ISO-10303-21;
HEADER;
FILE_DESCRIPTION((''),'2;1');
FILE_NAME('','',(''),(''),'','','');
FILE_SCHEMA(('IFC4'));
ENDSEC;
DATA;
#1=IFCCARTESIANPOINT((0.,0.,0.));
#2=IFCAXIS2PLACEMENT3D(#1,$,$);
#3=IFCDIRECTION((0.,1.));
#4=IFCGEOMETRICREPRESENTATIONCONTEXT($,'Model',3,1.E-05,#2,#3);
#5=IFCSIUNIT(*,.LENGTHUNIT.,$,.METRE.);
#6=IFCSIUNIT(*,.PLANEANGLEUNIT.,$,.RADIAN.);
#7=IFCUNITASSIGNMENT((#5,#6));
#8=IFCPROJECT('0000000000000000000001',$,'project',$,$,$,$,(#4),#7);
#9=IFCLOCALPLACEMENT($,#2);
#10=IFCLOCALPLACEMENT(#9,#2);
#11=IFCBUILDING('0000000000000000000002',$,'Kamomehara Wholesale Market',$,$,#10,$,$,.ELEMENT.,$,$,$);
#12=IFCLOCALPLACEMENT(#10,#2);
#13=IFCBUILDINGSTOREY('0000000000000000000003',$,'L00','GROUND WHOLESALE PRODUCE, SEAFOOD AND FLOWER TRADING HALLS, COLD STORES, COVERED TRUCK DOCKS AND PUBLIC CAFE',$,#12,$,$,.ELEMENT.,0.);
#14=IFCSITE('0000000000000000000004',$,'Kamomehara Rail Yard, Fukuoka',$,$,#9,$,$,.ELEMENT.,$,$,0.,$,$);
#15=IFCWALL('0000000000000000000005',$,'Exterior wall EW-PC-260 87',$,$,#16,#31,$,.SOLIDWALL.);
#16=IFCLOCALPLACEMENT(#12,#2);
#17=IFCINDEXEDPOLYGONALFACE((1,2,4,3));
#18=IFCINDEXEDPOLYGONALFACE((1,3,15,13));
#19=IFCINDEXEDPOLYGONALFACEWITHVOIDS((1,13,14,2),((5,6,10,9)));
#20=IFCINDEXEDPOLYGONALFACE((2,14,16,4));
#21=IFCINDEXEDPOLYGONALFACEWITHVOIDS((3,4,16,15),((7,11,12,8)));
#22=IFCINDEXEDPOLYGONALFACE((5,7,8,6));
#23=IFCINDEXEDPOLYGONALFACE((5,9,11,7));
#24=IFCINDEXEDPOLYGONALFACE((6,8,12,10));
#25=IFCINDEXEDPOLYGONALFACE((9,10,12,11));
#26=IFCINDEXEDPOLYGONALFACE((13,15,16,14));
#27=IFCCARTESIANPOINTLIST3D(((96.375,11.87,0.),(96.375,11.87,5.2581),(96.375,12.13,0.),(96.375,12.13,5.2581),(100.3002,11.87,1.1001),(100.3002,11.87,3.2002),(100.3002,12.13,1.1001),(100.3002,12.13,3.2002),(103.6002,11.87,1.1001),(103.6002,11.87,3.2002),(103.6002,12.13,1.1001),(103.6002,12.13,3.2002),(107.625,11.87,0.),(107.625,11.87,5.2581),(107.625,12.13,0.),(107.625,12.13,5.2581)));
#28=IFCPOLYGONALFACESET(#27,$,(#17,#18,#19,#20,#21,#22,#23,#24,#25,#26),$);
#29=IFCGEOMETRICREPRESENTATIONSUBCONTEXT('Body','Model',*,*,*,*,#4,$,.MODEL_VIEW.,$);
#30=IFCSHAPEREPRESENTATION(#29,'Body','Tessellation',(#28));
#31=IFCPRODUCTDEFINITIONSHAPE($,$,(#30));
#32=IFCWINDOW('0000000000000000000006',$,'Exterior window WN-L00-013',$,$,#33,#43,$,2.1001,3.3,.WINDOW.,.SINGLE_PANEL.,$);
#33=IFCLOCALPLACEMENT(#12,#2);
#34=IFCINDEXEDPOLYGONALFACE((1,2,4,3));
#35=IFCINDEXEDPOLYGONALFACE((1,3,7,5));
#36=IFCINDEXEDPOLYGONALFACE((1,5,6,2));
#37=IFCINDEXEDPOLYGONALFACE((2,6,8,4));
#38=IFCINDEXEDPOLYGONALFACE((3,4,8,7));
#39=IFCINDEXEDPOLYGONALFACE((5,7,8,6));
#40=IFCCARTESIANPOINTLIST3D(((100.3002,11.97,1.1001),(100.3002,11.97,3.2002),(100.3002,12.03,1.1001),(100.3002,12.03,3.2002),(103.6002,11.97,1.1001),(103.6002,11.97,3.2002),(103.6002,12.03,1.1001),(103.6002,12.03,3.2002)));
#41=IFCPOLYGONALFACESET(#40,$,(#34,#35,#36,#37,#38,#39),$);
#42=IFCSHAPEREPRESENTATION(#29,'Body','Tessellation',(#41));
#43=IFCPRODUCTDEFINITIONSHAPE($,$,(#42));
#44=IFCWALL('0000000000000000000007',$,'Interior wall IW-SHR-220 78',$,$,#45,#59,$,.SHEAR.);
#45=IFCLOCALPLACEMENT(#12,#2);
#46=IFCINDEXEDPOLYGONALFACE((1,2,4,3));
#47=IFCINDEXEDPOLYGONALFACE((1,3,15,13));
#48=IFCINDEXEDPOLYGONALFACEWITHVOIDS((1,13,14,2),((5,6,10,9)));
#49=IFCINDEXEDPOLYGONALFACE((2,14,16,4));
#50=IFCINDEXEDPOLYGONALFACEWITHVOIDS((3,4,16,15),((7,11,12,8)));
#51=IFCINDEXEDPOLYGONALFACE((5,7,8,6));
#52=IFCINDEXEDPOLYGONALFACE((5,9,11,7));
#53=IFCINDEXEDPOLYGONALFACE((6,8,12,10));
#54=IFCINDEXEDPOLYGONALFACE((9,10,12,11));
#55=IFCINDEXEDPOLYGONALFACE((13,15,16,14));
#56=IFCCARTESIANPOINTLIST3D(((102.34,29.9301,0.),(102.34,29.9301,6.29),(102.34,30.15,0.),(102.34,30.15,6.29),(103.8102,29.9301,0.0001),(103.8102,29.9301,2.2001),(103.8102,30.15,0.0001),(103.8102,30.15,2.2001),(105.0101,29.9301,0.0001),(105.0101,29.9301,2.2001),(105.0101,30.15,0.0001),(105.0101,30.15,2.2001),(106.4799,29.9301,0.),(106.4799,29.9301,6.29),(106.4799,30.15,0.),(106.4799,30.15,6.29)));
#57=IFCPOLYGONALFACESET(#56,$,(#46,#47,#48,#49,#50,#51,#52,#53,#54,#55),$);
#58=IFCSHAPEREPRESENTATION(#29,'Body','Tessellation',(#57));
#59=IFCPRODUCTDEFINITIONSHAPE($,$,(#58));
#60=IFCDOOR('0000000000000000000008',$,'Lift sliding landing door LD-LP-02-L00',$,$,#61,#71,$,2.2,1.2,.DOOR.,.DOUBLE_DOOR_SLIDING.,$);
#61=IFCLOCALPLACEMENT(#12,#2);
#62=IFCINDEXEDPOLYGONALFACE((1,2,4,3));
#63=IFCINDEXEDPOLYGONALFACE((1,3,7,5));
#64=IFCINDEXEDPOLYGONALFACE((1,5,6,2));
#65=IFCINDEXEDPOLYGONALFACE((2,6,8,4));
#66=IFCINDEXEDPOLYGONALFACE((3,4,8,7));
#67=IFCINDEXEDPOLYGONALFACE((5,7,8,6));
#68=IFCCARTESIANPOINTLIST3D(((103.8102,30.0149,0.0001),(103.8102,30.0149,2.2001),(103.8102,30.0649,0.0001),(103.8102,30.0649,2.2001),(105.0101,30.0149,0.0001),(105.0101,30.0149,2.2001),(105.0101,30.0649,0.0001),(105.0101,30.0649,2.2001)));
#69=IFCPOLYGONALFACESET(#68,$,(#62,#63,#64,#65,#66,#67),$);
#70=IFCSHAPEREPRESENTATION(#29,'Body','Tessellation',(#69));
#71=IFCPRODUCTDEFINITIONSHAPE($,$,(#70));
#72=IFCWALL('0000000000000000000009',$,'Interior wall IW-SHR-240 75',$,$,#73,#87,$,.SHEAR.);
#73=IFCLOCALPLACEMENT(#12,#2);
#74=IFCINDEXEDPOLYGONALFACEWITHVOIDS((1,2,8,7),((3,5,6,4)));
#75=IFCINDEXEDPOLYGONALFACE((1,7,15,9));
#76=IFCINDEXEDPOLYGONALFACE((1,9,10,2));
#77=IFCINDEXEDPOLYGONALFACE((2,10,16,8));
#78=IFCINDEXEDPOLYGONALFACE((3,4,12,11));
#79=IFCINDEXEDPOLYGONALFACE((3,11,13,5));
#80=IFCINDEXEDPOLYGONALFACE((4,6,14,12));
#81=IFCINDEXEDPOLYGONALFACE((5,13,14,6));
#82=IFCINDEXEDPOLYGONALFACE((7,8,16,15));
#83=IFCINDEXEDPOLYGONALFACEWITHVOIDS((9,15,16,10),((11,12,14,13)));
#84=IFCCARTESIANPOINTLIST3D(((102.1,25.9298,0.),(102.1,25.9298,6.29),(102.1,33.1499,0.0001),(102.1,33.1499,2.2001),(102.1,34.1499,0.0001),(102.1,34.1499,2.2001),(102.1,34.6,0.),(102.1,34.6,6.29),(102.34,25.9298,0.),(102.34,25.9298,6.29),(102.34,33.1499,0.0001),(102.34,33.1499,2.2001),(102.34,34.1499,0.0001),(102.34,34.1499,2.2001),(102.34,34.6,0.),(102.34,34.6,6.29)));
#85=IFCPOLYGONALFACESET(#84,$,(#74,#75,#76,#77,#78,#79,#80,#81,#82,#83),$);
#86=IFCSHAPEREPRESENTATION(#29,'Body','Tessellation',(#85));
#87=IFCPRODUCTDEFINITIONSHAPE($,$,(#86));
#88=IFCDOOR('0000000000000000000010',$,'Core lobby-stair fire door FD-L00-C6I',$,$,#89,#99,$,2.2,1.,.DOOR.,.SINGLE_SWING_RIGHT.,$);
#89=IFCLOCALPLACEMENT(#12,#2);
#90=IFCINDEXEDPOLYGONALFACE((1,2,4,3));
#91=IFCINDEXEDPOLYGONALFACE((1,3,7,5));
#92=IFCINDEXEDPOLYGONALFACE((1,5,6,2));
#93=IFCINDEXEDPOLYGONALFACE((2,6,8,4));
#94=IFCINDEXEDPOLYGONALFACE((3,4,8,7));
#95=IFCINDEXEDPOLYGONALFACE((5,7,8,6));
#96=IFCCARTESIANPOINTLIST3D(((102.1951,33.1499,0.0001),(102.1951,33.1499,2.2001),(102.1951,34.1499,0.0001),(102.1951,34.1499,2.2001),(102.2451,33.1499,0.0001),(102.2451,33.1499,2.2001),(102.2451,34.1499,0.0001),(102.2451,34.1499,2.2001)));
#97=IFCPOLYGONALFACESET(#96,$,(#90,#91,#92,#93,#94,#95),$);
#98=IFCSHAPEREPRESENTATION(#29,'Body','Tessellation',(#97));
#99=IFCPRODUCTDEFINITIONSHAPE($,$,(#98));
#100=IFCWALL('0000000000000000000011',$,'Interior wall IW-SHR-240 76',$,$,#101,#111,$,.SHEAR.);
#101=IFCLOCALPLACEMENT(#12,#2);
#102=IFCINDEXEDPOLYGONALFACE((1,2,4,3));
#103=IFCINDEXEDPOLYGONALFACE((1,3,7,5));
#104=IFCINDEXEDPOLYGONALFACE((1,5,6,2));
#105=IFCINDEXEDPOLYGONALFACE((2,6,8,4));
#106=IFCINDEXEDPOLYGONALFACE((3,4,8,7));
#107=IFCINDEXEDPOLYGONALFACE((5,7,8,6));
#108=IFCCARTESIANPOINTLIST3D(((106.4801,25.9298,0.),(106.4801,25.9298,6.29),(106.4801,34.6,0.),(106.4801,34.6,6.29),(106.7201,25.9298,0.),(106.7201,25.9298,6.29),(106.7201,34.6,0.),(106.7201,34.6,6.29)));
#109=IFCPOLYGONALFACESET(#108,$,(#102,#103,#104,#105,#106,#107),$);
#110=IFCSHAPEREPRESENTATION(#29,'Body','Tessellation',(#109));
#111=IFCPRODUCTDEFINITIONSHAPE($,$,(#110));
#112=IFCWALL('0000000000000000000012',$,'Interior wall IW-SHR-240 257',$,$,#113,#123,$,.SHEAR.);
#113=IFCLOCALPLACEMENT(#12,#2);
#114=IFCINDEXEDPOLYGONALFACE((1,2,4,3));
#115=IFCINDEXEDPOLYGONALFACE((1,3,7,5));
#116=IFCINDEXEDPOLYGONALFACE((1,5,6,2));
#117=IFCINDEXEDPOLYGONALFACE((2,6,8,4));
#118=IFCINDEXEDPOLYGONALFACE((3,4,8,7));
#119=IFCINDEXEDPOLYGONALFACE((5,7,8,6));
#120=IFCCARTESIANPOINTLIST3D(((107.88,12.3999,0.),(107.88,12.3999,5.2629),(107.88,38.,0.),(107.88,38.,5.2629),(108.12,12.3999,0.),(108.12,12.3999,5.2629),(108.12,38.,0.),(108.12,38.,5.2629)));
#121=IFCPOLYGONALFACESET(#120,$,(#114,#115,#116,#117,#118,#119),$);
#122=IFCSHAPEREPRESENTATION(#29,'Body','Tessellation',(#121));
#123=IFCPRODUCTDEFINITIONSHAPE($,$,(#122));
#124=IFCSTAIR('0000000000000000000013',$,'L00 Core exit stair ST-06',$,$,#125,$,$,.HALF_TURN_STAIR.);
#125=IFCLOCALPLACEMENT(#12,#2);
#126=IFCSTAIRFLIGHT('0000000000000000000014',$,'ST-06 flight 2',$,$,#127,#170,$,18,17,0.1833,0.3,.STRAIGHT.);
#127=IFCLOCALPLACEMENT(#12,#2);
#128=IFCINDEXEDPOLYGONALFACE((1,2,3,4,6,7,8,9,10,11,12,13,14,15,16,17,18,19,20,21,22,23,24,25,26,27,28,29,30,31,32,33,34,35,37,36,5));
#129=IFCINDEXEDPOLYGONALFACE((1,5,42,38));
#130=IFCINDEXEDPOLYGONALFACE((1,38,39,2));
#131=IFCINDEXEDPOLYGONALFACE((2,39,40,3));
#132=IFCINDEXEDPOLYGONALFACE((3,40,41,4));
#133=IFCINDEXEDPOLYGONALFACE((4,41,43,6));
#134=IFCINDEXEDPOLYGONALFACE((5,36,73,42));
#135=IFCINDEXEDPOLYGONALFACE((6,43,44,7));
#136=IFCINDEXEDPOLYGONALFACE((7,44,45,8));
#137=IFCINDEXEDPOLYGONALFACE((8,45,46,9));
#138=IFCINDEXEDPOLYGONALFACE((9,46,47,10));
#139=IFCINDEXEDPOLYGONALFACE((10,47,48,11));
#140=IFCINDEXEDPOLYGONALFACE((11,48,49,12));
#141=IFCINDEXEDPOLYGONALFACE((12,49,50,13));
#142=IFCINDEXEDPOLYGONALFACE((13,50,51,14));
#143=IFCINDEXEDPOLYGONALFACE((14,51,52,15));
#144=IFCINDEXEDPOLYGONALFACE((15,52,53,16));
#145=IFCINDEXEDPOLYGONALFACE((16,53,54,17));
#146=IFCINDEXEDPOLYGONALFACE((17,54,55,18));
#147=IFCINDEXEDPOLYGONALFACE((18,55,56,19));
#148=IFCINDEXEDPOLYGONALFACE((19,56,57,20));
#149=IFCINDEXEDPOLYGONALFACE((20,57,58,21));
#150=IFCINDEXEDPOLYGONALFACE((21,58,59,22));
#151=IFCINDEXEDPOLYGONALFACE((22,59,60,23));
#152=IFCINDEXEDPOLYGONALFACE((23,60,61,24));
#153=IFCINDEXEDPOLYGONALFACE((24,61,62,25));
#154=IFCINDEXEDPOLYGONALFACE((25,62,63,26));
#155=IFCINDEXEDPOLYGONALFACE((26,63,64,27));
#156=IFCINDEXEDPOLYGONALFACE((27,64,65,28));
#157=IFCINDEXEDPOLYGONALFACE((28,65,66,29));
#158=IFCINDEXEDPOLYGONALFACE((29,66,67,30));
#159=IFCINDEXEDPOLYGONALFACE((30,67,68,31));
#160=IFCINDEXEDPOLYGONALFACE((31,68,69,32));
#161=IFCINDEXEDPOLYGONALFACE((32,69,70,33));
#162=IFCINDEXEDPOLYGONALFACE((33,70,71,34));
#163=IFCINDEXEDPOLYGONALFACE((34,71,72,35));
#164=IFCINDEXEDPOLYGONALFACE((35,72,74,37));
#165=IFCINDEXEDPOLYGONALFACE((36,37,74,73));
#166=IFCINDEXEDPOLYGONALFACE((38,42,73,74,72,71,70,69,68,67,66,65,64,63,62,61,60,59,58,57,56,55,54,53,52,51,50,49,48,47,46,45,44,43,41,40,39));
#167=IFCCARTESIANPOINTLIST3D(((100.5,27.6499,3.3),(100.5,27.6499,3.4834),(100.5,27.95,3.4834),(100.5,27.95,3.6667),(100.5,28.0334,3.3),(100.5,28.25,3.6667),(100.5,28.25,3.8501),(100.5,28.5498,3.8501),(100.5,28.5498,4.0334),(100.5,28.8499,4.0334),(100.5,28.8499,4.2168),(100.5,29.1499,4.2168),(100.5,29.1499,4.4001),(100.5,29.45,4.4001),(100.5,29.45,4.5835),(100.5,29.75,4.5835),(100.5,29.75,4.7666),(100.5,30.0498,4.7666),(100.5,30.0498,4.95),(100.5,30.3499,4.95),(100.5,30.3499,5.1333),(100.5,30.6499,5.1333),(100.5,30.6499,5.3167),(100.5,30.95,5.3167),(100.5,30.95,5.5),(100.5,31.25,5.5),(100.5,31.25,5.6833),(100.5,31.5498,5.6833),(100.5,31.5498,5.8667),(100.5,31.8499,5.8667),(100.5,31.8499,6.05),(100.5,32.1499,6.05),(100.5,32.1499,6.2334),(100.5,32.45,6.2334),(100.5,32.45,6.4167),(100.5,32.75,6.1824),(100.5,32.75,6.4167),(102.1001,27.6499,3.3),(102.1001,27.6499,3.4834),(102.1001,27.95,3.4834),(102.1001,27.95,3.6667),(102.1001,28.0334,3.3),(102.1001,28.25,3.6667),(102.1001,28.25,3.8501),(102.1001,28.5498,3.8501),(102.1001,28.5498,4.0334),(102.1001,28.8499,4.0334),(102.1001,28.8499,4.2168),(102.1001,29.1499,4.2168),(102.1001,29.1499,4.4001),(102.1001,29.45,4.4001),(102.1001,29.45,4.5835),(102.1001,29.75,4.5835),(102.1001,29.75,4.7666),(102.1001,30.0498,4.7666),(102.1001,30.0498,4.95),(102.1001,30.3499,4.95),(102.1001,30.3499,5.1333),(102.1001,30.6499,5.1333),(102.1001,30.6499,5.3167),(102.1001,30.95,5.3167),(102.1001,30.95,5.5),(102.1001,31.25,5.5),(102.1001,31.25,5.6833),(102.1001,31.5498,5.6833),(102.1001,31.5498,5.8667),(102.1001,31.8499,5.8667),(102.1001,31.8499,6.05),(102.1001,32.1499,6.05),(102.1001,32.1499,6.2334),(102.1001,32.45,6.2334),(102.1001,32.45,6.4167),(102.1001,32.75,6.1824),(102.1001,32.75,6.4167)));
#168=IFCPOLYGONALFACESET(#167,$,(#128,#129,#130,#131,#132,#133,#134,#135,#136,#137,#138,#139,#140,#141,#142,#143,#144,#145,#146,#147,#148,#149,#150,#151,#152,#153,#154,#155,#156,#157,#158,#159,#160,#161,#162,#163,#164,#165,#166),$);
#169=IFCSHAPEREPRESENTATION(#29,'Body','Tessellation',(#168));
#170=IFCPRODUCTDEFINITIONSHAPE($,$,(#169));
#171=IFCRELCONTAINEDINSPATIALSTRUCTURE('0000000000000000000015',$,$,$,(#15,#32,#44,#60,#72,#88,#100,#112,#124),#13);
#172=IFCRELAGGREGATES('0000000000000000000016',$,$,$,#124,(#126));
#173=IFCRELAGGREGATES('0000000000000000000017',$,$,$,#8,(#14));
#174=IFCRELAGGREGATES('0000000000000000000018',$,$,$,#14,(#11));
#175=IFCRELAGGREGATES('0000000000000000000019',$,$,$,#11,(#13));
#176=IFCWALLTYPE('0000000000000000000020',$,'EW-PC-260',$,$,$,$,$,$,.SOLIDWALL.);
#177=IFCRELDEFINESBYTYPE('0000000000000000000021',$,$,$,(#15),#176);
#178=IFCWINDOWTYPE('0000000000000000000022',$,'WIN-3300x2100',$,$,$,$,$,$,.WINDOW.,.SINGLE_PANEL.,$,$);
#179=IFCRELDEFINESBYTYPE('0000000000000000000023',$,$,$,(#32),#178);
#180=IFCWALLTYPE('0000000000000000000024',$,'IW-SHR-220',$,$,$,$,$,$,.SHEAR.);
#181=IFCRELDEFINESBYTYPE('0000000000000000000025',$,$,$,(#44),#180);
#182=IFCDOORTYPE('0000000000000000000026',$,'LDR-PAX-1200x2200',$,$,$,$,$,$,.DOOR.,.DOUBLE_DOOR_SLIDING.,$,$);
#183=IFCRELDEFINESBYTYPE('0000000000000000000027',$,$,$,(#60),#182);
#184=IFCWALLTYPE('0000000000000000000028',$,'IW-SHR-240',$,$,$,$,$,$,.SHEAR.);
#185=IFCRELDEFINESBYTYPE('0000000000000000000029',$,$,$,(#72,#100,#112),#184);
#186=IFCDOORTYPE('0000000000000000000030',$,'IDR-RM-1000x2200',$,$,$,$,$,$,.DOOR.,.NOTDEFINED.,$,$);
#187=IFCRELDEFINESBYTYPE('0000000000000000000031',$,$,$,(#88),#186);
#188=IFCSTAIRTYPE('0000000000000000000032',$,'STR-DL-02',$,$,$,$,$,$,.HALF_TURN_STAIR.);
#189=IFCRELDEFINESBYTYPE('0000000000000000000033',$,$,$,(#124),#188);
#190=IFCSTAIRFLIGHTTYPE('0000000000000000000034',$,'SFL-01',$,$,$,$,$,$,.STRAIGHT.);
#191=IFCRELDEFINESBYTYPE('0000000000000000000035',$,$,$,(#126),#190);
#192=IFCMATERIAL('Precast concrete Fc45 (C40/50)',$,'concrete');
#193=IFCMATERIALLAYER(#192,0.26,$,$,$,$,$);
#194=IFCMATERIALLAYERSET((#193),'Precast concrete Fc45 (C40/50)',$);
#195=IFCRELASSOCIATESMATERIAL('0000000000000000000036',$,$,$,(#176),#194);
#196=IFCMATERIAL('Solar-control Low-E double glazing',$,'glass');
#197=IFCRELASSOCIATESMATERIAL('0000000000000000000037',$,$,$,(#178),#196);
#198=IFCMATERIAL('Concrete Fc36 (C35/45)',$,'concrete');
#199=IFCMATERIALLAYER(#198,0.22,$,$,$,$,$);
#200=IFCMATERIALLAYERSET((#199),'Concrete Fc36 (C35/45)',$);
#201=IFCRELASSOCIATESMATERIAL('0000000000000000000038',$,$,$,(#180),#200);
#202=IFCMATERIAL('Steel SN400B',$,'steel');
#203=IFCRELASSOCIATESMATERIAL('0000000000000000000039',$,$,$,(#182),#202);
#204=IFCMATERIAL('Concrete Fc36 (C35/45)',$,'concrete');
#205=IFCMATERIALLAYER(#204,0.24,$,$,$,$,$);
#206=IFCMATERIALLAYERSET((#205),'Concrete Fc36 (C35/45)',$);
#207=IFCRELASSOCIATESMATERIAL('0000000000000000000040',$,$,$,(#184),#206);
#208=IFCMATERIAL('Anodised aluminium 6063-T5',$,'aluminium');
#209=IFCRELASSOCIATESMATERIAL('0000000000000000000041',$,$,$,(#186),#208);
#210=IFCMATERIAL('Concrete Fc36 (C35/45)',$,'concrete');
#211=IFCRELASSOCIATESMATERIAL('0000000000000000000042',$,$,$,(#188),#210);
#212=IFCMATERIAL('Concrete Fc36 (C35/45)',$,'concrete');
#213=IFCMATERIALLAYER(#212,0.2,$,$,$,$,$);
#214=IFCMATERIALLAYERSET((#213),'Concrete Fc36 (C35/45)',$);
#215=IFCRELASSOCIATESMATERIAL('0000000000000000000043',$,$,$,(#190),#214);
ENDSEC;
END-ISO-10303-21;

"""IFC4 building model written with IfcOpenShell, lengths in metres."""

from ifc_helpers import new_model, si_unit, direction, frame, frame_2d, origin, place, context, subcontext, project, spatial, polyline, rectangle, outline, extrude, material, layer, layer_set, type_object, element, fill, aggregate, save


model = new_model("IFC4")

# Units and contexts
model_context = context("Model", 3, precision=1e-05, world=origin(), true_north=direction((0.0, 1.0)))
body_context = subcontext(model_context, "Body", "Model", "MODEL_VIEW")
ifc_project = project(units=[si_unit("LENGTHUNIT", "METRE"), si_unit("PLANEANGLEUNIT", "RADIAN")], contexts=[model_context])

# Site, building, storey
site_placement = place(None, origin())
site = spatial("IfcSite", under=ifc_project, at=site_placement, Name="Kamomehara Rail Yard, Fukuoka", CompositionType="ELEMENT", RefElevation=0.0)
building_placement = place(site_placement, origin())
building = spatial("IfcBuilding", under=site, at=building_placement, Name="Kamomehara Wholesale Market", CompositionType="ELEMENT")
storey_placement = place(building_placement, origin())
storey = spatial("IfcBuildingStorey", under=building, at=storey_placement, Name="L00", Description="GROUND WHOLESALE PRODUCE, SEAFOOD AND FLOWER TRADING HALLS, COLD STORES, COVERED TRUCK DOCKS AND PUBLIC CAFE", CompositionType="ELEMENT", Elevation=0.0)

# Wall, opening, window
ifc_material_1 = material(Name="Precast concrete Fc45 (C40/50)", Category="concrete")
ifc_layer_1 = layer(ifc_material_1, 0.26)
ifc_layer_set_1 = layer_set([ifc_layer_1], Name="Precast concrete Fc45 (C40/50)")
wall_type_1 = type_object("IfcWallType", Name="EW-PC-260", PredefinedType="SOLIDWALL", material=ifc_layer_set_1)
wall_1_placement = place(storey_placement, frame((107.625, 12.0, 0.0), z_axis=(0.0, 0.0, 1.0), x_axis=(-1.0, 0.0, 0.0)))
wall_1 = element("IfcWall", 1, at=wall_1_placement, inside=storey, type_object=wall_type_1, Name="Exterior wall EW-PC-260 87", PredefinedType="SOLIDWALL", context=body_context, shape_type="SweptSolid", body=[
    extrude(rectangle(XDim=11.25, YDim=0.26, at=frame_2d((5.625, 0.0))), origin(), (0.0, 0.0, 1.0), 5.2581),
])
opening_1_placement = place(wall_1_placement, frame((4.0249, 0.0, 1.1001)))
opening_1 = element("IfcOpeningElement", 2, at=opening_1_placement, cuts=wall_1, PredefinedType="OPENING", context=body_context, shape_type="SweptSolid", body=[
    extrude(rectangle(XDim=3.3, YDim=2.1001, at=frame_2d((1.6499, 1.05))), frame((0.0, 0.145, 0.0), z_axis=(0.0, -1.0, 0.0), x_axis=(1.0, 0.0, 0.0)), (0.0, 0.0, 1.0), 0.2898),
])
ifc_material_2 = material(Name="Solar-control Low-E double glazing", Category="glass")
window_type = type_object("IfcWindowType", Name="WIN-3300x2100", PartitioningType="SINGLE_PANEL", PredefinedType="WINDOW", material=ifc_material_2)
window_placement = place(opening_1_placement, origin())
window = element("IfcWindow", 3, at=window_placement, inside=storey, type_object=window_type, Name="Exterior window WN-L00-013", OverallHeight=2.1001, OverallWidth=3.3, PartitioningType="SINGLE_PANEL", PredefinedType="WINDOW", context=body_context, shape_type="SweptSolid", body=[
    extrude(rectangle(XDim=3.3, YDim=2.1001, at=frame_2d((1.6499, 1.05))), frame((0.0, 0.03, 0.0), z_axis=(0.0, -1.0, 0.0), x_axis=(1.0, 0.0, 0.0)), (0.0, 0.0, 1.0), 0.0601),
])
fill(opening_1, window)

# Walls, openings, doors
ifc_material_3 = material(Name="Concrete Fc36 (C35/45)", Category="concrete")
ifc_layer_2 = layer(ifc_material_3, 0.22)
ifc_layer_set_2 = layer_set([ifc_layer_2], Name="Concrete Fc36 (C35/45)")
wall_type_2 = type_object("IfcWallType", Name="IW-SHR-220", PredefinedType="SHEAR", material=ifc_layer_set_2)
wall_2_placement = place(storey_placement, frame((102.3401, 30.04, 0.0), z_axis=(0.0, 0.0, 1.0), x_axis=(1.0, 0.0, 0.0)))
wall_2 = element("IfcWall", 4, at=wall_2_placement, inside=storey, type_object=wall_type_2, Name="Interior wall IW-SHR-220 78", PredefinedType="SHEAR", context=body_context, shape_type="SweptSolid", body=[
    extrude(rectangle(XDim=4.1399, YDim=0.22, at=frame_2d((2.0698, 0.0))), origin(), (0.0, 0.0, 1.0), 6.29),
])
opening_2_placement = place(wall_2_placement, frame((1.47, 0.0, 0.0)))
opening_2 = element("IfcOpeningElement", 5, at=opening_2_placement, cuts=wall_2, PredefinedType="OPENING", context=body_context, shape_type="SweptSolid", body=[
    extrude(rectangle(XDim=1.2, YDim=2.2, at=frame_2d((0.6001, 1.1001))), frame((0.0, 0.125, 0.0), z_axis=(0.0, -1.0, 0.0), x_axis=(1.0, 0.0, 0.0)), (0.0, 0.0, 1.0), 0.2498),
])
ifc_material_4 = material(Name="Steel SN400B", Category="steel")
door_type_1 = type_object("IfcDoorType", Name="LDR-PAX-1200x2200", OperationType="DOUBLE_DOOR_SLIDING", PredefinedType="DOOR", material=ifc_material_4)
door_1_placement = place(opening_2_placement, origin())
door_1 = element("IfcDoor", 6, at=door_1_placement, inside=storey, type_object=door_type_1, Name="Lift sliding landing door LD-LP-02-L00", OperationType="DOUBLE_DOOR_SLIDING", OverallHeight=2.2, OverallWidth=1.2, PredefinedType="DOOR", context=body_context, shape_type="SweptSolid", body=[
    extrude(rectangle(XDim=1.2, YDim=2.2, at=frame_2d((0.6001, 1.1001))), frame((0.0, 0.0249, 0.0), z_axis=(0.0, -1.0, 0.0), x_axis=(1.0, 0.0, 0.0)), (0.0, 0.0, 1.0), 0.05),
])
fill(opening_2, door_1)
ifc_material_5 = material(Name="Concrete Fc36 (C35/45)", Category="concrete")
ifc_layer_3 = layer(ifc_material_5, 0.24)
ifc_layer_set_3 = layer_set([ifc_layer_3], Name="Concrete Fc36 (C35/45)")
wall_type_3 = type_object("IfcWallType", Name="IW-SHR-240", PredefinedType="SHEAR", material=ifc_layer_set_3)
wall_3_placement = place(storey_placement, frame((102.22, 25.9299, 0.0), z_axis=(0.0, 0.0, 1.0), x_axis=(0.0, 1.0, 0.0)))
wall_3 = element("IfcWall", 7, at=wall_3_placement, inside=storey, type_object=wall_type_3, Name="Interior wall IW-SHR-240 75", PredefinedType="SHEAR", context=body_context, shape_type="SweptSolid", body=[
    extrude(rectangle(XDim=8.6702, YDim=0.24, at=frame_2d((4.335, 0.0))), origin(), (0.0, 0.0, 1.0), 6.29),
])
opening_3_placement = place(wall_3_placement, frame((7.22, 0.0, 0.0)))
opening_3 = element("IfcOpeningElement", 8, at=opening_3_placement, cuts=wall_3, PredefinedType="OPENING", context=body_context, shape_type="SweptSolid", body=[
    extrude(rectangle(XDim=1.0, YDim=2.2, at=frame_2d((0.5, 1.1001))), frame((0.0, 0.1348, 0.0), z_axis=(0.0, -1.0, 0.0), x_axis=(1.0, 0.0, 0.0)), (0.0, 0.0, 1.0), 0.2698),
])
ifc_material_6 = material(Name="Anodised aluminium 6063-T5", Category="aluminium")
door_type_2 = type_object("IfcDoorType", Name="IDR-RM-1000x2200", OperationType="NOTDEFINED", PredefinedType="DOOR", material=ifc_material_6)
door_2_placement = place(opening_3_placement, origin())
door_2 = element("IfcDoor", 9, at=door_2_placement, inside=storey, type_object=door_type_2, Name="Core lobby-stair fire door FD-L00-C6I", OperationType="SINGLE_SWING_RIGHT", OverallHeight=2.2, OverallWidth=1.0, PredefinedType="DOOR", context=body_context, shape_type="SweptSolid", body=[
    extrude(rectangle(XDim=1.0, YDim=2.2, at=frame_2d((0.5, 1.1001))), frame((0.0, 0.0249, 0.0), z_axis=(0.0, -1.0, 0.0), x_axis=(1.0, 0.0, 0.0)), (0.0, 0.0, 1.0), 0.05),
])
fill(opening_3, door_2)

# Walls
wall_4_placement = place(storey_placement, frame((106.6001, 25.9299, 0.0), z_axis=(0.0, 0.0, 1.0), x_axis=(0.0, 1.0, 0.0)))
element("IfcWall", 10, at=wall_4_placement, inside=storey, type_object=wall_type_3, Name="Interior wall IW-SHR-240 76", PredefinedType="SHEAR", context=body_context, shape_type="SweptSolid", body=[
    extrude(rectangle(XDim=8.6702, YDim=0.24, at=frame_2d((4.335, 0.0))), origin(), (0.0, 0.0, 1.0), 6.29),
])
wall_5_placement = place(storey_placement, frame((108.0, 12.3999, 0.0), z_axis=(0.0, 0.0, 1.0), x_axis=(0.0, 1.0, 0.0)))
element("IfcWall", 11, at=wall_5_placement, inside=storey, type_object=wall_type_3, Name="Interior wall IW-SHR-240 257", PredefinedType="SHEAR", context=body_context, shape_type="SweptSolid", body=[
    extrude(rectangle(XDim=25.6001, YDim=0.24, at=frame_2d((12.8, 0.0))), origin(), (0.0, 0.0, 1.0), 5.2629),
])

# Stair, stair flight
ifc_material_7 = material(Name="Concrete Fc36 (C35/45)", Category="concrete")
stair_type = type_object("IfcStairType", Name="STR-DL-02", PredefinedType="HALF_TURN_STAIR", material=ifc_material_7)
stair_placement = place(storey_placement, origin())
stair = element("IfcStair", 12, at=stair_placement, inside=storey, type_object=stair_type, Name="L00 Core exit stair ST-06", PredefinedType="HALF_TURN_STAIR")
ifc_material_8 = material(Name="Concrete Fc36 (C35/45)", Category="concrete")
ifc_layer_4 = layer(ifc_material_8, 0.2)
ifc_layer_set_4 = layer_set([ifc_layer_4], Name="Concrete Fc36 (C35/45)")
stair_flight_type = type_object("IfcStairFlightType", Name="SFL-01", PredefinedType="STRAIGHT", material=ifc_layer_set_4)
stair_flight_placement = place(storey_placement, frame((101.3, 27.6499, 3.3), z_axis=(0.0, 0.0, 1.0), x_axis=(0.0, 1.0, 0.0)))
stair_flight = element("IfcStairFlight", 13, at=stair_flight_placement, type_object=stair_flight_type, Name="ST-06 flight 2", NumberOfRisers=18, NumberOfTreads=17, PredefinedType="STRAIGHT", RiserHeight=0.1833, TreadLength=0.3, context=body_context, shape_type="SweptSolid", body=[
    extrude(outline(polyline([(0.0, 0.0), (0.0, 0.1833), (0.3, 0.1833), (0.3, 0.3667), (0.6001, 0.3667), (0.6001, 0.55), (0.8999, 0.55), (0.8999, 0.7334), (1.2, 0.7334), (1.2, 0.9167), (1.5, 0.9167), (1.5, 1.1001), (1.8, 1.1001), (1.8, 1.2834), (2.1001, 1.2834), (2.1001, 1.4666), (2.3999, 1.4666), (2.3999, 1.6499), (2.7, 1.6499), (2.7, 1.8333), (3.0, 1.8333), (3.0, 2.0166), (3.3, 2.0166), (3.3, 2.2), (3.6001, 2.2), (3.6001, 2.3833), (3.8999, 2.3833), (3.8999, 2.5667), (4.2, 2.5667), (4.2, 2.75), (4.5, 2.75), (4.5, 2.9333), (4.8, 2.9333), (4.8, 3.1167), (5.1001, 3.1167), (5.1001, 3.3), (5.1001, 2.8823), (0.3835, 0.0), (0.0, 0.0)])), frame((0.0, 0.8, 0.0), z_axis=(0.0, -1.0, 0.0), x_axis=(1.0, 0.0, 0.0)), (0.0, 0.0, 1.0), 1.6001),
])
aggregate(stair, [stair_flight])

save(model, "model.ifc")
